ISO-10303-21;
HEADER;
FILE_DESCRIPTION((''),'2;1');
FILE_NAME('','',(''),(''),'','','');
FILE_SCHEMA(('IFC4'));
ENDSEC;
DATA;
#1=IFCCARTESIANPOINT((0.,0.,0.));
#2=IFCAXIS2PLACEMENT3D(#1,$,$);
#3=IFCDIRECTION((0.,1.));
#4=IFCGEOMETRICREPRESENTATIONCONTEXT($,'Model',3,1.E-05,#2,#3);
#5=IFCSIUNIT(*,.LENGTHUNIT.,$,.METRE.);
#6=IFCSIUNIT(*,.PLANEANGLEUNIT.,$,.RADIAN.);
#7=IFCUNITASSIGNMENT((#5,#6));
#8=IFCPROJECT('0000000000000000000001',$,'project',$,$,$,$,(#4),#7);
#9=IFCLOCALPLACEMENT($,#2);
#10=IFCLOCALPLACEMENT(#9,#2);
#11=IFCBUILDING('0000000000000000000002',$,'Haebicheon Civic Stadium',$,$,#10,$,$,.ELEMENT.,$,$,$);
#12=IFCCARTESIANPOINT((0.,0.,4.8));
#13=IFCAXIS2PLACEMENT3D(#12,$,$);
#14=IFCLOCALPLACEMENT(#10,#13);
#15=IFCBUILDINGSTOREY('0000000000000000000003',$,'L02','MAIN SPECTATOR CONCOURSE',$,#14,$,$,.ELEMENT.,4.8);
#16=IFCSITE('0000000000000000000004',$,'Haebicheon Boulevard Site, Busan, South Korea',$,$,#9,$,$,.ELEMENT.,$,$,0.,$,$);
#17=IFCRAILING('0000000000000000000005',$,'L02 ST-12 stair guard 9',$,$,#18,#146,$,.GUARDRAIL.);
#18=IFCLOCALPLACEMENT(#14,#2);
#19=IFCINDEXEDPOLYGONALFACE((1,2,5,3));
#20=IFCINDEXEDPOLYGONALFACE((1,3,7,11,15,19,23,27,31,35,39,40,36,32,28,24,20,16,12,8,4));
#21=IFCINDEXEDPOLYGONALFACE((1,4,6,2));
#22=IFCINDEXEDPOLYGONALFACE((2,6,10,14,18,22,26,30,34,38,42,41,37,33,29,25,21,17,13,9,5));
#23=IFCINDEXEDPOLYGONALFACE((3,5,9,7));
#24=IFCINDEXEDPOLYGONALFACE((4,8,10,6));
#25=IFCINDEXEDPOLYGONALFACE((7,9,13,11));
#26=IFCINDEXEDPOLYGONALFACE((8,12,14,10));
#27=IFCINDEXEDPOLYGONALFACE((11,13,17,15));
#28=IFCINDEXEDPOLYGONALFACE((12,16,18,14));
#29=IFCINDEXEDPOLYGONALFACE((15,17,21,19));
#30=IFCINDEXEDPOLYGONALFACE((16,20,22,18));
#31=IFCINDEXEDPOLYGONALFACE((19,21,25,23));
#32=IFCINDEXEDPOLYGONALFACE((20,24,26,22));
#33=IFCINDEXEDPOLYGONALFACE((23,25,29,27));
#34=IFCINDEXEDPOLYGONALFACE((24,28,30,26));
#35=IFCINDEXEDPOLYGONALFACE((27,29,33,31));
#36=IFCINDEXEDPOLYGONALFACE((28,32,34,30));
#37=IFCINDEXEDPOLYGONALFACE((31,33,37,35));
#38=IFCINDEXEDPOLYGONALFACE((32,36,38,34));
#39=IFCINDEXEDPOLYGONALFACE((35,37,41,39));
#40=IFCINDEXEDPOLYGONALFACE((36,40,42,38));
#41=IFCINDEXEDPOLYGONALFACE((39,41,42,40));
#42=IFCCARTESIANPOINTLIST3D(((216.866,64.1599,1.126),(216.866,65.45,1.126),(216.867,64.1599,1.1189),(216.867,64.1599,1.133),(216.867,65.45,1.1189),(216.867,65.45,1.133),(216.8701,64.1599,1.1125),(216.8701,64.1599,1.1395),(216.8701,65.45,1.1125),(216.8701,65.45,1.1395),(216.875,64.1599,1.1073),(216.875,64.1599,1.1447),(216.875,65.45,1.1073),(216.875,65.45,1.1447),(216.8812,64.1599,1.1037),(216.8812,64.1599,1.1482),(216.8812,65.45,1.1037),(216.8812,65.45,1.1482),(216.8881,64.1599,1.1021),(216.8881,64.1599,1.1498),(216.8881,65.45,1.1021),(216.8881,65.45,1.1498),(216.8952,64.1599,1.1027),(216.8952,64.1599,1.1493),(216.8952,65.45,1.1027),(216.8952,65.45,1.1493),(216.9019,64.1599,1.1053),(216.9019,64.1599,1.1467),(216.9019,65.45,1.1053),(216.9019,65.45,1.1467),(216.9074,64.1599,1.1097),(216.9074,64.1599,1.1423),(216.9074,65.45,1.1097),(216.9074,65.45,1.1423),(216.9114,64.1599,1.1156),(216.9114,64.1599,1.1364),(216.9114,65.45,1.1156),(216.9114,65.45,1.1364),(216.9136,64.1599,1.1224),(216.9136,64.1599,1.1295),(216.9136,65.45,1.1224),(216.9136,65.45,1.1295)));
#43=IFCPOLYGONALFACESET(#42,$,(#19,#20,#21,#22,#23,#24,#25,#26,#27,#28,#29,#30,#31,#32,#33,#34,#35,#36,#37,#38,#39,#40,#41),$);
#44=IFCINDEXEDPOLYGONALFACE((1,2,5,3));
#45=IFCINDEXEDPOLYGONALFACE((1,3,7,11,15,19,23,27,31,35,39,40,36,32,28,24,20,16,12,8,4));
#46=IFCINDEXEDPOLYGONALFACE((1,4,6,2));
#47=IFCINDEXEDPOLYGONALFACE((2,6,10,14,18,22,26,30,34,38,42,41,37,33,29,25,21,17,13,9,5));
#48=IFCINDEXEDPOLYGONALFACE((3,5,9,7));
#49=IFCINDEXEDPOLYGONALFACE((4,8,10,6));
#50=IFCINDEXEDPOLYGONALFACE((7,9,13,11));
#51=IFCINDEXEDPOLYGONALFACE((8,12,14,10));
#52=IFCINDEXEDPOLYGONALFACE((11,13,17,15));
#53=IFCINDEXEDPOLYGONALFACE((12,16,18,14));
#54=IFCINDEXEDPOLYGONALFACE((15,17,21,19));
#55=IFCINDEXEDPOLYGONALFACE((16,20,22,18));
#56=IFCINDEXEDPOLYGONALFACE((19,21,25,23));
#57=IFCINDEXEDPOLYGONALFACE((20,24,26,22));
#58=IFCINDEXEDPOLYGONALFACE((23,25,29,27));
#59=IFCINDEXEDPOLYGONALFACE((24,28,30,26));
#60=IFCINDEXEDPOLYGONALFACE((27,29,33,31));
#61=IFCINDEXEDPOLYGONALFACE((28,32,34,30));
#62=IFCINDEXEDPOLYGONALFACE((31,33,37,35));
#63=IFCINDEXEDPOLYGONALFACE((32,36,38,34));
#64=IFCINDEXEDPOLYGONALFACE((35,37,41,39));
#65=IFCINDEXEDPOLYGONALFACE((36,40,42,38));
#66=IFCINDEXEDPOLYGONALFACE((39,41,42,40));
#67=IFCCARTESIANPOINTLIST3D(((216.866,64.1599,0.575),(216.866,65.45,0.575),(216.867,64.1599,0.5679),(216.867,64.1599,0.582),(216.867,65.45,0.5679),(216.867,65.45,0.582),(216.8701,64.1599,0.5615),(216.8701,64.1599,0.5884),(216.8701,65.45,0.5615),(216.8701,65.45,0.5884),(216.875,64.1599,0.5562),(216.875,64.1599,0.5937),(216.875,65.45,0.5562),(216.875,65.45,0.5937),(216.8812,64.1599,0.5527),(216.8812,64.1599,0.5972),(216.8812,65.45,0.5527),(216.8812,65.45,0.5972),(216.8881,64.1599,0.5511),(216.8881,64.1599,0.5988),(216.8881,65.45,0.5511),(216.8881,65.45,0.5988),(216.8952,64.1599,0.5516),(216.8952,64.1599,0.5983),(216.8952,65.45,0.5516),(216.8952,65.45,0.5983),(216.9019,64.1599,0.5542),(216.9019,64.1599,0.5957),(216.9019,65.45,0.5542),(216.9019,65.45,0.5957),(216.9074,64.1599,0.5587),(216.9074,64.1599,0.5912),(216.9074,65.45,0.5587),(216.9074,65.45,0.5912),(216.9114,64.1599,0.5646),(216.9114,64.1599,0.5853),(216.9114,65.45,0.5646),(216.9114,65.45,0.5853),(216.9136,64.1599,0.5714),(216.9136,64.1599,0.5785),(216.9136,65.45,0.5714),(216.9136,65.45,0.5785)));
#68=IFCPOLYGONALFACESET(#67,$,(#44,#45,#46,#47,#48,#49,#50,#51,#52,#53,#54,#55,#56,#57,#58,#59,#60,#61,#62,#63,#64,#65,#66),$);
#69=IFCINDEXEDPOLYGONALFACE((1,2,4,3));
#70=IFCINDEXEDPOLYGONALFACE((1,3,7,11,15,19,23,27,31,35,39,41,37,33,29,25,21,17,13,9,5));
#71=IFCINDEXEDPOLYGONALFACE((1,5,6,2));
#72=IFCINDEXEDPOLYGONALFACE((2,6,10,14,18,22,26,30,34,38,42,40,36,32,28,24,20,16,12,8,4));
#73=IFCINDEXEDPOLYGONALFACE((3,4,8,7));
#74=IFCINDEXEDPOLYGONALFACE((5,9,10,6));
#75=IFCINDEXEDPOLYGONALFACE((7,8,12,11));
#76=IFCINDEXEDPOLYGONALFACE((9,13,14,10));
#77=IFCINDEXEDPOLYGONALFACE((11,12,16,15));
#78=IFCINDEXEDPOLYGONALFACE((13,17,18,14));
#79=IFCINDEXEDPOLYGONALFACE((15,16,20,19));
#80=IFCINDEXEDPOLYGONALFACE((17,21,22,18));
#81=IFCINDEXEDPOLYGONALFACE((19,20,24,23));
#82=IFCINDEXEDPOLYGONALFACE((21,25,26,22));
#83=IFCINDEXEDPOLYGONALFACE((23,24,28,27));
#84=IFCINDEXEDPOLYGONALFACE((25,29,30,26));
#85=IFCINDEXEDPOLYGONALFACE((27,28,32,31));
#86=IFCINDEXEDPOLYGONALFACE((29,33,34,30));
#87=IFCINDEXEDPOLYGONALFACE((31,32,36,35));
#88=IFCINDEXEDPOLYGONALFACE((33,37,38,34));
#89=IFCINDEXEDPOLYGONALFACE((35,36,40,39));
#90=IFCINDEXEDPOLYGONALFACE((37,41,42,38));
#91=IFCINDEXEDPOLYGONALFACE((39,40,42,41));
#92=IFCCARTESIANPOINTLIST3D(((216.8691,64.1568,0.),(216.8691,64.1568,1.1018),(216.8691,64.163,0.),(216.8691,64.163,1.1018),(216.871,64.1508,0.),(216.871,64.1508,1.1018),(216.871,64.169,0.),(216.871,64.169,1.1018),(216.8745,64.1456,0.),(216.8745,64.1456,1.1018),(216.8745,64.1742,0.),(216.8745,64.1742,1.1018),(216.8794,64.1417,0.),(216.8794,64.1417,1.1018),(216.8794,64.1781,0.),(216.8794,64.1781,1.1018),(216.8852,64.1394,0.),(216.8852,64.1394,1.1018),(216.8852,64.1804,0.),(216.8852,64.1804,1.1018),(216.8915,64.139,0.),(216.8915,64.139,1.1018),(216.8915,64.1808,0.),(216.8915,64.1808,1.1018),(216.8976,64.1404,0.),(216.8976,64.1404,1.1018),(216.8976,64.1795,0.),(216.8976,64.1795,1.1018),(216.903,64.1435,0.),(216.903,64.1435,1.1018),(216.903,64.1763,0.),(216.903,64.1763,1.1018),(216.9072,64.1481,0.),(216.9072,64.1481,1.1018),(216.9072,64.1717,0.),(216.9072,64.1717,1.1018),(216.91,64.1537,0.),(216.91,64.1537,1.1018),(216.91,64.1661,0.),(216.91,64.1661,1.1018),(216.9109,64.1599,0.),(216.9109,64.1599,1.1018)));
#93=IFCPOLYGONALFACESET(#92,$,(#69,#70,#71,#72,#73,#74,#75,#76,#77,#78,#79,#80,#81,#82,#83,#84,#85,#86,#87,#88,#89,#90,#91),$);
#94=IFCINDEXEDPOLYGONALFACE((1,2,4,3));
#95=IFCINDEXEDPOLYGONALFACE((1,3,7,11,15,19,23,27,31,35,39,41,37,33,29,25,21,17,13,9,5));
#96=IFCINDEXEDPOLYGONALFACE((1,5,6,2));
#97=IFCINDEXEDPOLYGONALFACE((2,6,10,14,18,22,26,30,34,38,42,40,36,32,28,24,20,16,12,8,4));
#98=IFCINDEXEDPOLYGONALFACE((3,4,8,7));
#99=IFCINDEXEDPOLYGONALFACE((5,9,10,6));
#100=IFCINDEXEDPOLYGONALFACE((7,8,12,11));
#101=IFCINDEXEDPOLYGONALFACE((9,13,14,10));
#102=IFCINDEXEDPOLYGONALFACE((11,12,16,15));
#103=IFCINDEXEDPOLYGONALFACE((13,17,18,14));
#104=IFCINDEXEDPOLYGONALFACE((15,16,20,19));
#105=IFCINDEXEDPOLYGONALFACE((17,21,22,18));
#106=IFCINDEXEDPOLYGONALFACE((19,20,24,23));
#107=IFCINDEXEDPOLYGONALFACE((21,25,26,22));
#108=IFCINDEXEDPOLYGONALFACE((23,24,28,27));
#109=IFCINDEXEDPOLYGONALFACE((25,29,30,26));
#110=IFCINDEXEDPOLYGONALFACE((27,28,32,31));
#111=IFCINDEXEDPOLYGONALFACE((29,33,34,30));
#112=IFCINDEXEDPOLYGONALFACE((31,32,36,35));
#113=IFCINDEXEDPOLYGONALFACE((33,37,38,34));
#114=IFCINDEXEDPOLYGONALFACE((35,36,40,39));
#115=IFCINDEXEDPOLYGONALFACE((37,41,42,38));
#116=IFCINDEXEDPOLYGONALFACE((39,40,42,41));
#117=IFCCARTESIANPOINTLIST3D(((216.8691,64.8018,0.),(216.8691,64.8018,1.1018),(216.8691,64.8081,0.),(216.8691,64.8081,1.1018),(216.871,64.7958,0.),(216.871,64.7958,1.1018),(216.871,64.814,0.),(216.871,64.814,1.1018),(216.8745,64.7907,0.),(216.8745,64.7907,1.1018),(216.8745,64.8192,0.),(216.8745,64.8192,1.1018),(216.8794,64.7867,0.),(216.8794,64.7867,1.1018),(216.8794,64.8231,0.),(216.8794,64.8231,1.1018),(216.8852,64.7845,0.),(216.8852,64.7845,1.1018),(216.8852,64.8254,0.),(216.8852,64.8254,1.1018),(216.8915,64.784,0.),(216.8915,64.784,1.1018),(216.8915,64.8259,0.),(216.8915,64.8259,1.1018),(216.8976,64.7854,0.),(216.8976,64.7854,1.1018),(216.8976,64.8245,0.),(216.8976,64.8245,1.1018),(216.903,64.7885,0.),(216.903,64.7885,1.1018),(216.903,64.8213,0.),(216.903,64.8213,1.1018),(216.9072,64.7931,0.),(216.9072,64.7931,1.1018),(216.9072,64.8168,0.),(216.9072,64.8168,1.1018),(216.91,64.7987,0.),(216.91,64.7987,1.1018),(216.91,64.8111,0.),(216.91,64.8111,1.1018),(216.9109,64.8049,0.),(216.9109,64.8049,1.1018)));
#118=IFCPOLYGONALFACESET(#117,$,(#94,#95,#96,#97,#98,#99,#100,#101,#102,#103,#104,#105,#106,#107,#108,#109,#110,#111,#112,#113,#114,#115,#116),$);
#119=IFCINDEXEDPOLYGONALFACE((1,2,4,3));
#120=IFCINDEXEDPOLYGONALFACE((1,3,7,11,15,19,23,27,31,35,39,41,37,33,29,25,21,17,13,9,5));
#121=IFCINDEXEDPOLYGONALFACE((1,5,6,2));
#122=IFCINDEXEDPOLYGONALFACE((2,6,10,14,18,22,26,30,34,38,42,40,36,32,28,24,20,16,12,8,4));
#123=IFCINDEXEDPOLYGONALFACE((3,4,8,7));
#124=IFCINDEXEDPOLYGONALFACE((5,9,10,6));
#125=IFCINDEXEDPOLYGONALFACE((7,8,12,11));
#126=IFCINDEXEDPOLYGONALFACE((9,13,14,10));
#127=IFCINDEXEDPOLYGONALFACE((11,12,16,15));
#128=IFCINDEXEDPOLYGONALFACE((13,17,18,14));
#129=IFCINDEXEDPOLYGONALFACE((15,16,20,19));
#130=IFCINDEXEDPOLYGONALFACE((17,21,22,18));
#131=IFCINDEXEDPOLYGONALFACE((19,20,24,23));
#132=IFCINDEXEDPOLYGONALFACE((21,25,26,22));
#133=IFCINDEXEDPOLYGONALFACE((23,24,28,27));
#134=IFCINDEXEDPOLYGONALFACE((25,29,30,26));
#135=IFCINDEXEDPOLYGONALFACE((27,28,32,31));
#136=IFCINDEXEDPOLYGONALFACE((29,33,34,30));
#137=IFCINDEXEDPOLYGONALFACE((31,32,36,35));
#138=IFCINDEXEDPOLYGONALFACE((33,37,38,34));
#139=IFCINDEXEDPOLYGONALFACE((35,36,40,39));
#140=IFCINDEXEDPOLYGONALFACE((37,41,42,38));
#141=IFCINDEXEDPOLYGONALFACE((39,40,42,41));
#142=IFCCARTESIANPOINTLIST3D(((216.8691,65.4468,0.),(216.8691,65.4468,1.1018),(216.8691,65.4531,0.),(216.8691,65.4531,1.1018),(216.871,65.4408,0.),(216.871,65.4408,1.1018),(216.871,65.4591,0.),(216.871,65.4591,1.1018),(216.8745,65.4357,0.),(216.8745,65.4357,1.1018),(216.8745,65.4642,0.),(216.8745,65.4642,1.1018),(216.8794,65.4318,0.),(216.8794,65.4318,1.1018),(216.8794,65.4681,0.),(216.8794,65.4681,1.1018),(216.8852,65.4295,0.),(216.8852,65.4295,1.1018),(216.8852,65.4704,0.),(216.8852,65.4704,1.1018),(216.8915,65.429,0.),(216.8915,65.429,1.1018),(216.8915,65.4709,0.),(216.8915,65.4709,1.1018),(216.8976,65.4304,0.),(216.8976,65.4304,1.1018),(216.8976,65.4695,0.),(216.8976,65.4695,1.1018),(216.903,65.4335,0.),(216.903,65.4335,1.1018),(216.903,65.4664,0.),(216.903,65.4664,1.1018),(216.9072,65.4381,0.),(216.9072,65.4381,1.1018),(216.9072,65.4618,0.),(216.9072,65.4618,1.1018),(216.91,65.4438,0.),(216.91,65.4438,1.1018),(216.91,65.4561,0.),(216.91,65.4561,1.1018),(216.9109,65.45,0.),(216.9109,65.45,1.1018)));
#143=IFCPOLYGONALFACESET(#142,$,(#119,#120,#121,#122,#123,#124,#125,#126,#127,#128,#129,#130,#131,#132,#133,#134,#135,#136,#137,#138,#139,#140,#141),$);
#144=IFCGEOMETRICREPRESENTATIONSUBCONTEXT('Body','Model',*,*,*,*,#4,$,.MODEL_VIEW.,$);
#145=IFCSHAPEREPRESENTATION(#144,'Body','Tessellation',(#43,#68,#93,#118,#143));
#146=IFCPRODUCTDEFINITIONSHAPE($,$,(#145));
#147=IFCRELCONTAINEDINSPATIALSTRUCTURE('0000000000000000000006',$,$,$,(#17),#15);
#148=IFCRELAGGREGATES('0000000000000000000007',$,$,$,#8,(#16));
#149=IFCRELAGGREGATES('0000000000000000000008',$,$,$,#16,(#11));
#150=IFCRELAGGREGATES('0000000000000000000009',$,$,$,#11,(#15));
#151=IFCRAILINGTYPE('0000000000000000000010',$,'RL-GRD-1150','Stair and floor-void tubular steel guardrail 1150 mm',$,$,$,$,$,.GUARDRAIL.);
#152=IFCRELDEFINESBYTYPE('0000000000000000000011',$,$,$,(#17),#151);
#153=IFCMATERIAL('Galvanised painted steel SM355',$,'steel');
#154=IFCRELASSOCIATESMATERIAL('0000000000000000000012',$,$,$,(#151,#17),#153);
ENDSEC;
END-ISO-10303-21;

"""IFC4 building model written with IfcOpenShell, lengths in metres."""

from ifc_helpers import new_model, si_unit, direction, frame, origin, origin_2d, place, context, subcontext, project, spatial, circle, extrude, material, type_object, element, save


model = new_model("IFC4")

# Units and contexts
model_context = context("Model", 3, precision=1e-05, world=origin(), true_north=direction((0.0, 1.0)))
body_context = subcontext(model_context, "Body", "Model", "MODEL_VIEW")
ifc_project = project(units=[si_unit("LENGTHUNIT", "METRE"), si_unit("PLANEANGLEUNIT", "RADIAN")], contexts=[model_context])

# Site, building, storey
site_placement = place(None, origin())
site = spatial("IfcSite", under=ifc_project, at=site_placement, Name="Haebicheon Boulevard Site, Busan, South Korea", CompositionType="ELEMENT", RefElevation=0.0)
building_placement = place(site_placement, origin())
building = spatial("IfcBuilding", under=site, at=building_placement, Name="Haebicheon Civic Stadium", CompositionType="ELEMENT")
storey_placement = place(building_placement, frame((0.0, 0.0, 4.8)))
storey = spatial("IfcBuildingStorey", under=building, at=storey_placement, Name="L02", Description="MAIN SPECTATOR CONCOURSE", CompositionType="ELEMENT", Elevation=4.8)

# Railing
ifc_material_1 = material(Name="Galvanised painted steel SM355", Category="steel")
railing_type = type_object("IfcRailingType", Name="RL-GRD-1150", Description="Stair and floor-void tubular steel guardrail 1150 mm", PredefinedType="GUARDRAIL", material=ifc_material_1)
railing_placement = place(storey_placement, frame((216.8899, 64.1599, 0.0)))
element("IfcRailing", 1, at=railing_placement, inside=storey, type_object=railing_type, material=ifc_material_1, Name="L02 ST-12 stair guard 9", PredefinedType="GUARDRAIL", context=body_context, shape_type="SweptSolid", body=[
    extrude(circle(Radius=0.0239, at=origin_2d()), frame((0.0, 0.0, 1.126), z_axis=(0.0, 1.0, 0.0), x_axis=(-1.0, 0.0, 0.0)), (0.0, 0.0, 1.0), 1.29),
    extrude(circle(Radius=0.0239, at=origin_2d()), frame((0.0, 0.0, 0.575), z_axis=(0.0, 1.0, 0.0), x_axis=(-1.0, 0.0, 0.0)), (0.0, 0.0, 1.0), 1.29),
    extrude(circle(Radius=0.021, at=origin_2d()), origin(), (0.0, 0.0, 1.0), 1.1018),
    extrude(circle(Radius=0.021, at=origin_2d()), frame((0.0, 0.645, 0.0)), (0.0, 0.0, 1.0), 1.1018),
    extrude(circle(Radius=0.021, at=origin_2d()), frame((0.0, 1.29, 0.0)), (0.0, 0.0, 1.0), 1.1018),
])

save(model, "model.ifc")
